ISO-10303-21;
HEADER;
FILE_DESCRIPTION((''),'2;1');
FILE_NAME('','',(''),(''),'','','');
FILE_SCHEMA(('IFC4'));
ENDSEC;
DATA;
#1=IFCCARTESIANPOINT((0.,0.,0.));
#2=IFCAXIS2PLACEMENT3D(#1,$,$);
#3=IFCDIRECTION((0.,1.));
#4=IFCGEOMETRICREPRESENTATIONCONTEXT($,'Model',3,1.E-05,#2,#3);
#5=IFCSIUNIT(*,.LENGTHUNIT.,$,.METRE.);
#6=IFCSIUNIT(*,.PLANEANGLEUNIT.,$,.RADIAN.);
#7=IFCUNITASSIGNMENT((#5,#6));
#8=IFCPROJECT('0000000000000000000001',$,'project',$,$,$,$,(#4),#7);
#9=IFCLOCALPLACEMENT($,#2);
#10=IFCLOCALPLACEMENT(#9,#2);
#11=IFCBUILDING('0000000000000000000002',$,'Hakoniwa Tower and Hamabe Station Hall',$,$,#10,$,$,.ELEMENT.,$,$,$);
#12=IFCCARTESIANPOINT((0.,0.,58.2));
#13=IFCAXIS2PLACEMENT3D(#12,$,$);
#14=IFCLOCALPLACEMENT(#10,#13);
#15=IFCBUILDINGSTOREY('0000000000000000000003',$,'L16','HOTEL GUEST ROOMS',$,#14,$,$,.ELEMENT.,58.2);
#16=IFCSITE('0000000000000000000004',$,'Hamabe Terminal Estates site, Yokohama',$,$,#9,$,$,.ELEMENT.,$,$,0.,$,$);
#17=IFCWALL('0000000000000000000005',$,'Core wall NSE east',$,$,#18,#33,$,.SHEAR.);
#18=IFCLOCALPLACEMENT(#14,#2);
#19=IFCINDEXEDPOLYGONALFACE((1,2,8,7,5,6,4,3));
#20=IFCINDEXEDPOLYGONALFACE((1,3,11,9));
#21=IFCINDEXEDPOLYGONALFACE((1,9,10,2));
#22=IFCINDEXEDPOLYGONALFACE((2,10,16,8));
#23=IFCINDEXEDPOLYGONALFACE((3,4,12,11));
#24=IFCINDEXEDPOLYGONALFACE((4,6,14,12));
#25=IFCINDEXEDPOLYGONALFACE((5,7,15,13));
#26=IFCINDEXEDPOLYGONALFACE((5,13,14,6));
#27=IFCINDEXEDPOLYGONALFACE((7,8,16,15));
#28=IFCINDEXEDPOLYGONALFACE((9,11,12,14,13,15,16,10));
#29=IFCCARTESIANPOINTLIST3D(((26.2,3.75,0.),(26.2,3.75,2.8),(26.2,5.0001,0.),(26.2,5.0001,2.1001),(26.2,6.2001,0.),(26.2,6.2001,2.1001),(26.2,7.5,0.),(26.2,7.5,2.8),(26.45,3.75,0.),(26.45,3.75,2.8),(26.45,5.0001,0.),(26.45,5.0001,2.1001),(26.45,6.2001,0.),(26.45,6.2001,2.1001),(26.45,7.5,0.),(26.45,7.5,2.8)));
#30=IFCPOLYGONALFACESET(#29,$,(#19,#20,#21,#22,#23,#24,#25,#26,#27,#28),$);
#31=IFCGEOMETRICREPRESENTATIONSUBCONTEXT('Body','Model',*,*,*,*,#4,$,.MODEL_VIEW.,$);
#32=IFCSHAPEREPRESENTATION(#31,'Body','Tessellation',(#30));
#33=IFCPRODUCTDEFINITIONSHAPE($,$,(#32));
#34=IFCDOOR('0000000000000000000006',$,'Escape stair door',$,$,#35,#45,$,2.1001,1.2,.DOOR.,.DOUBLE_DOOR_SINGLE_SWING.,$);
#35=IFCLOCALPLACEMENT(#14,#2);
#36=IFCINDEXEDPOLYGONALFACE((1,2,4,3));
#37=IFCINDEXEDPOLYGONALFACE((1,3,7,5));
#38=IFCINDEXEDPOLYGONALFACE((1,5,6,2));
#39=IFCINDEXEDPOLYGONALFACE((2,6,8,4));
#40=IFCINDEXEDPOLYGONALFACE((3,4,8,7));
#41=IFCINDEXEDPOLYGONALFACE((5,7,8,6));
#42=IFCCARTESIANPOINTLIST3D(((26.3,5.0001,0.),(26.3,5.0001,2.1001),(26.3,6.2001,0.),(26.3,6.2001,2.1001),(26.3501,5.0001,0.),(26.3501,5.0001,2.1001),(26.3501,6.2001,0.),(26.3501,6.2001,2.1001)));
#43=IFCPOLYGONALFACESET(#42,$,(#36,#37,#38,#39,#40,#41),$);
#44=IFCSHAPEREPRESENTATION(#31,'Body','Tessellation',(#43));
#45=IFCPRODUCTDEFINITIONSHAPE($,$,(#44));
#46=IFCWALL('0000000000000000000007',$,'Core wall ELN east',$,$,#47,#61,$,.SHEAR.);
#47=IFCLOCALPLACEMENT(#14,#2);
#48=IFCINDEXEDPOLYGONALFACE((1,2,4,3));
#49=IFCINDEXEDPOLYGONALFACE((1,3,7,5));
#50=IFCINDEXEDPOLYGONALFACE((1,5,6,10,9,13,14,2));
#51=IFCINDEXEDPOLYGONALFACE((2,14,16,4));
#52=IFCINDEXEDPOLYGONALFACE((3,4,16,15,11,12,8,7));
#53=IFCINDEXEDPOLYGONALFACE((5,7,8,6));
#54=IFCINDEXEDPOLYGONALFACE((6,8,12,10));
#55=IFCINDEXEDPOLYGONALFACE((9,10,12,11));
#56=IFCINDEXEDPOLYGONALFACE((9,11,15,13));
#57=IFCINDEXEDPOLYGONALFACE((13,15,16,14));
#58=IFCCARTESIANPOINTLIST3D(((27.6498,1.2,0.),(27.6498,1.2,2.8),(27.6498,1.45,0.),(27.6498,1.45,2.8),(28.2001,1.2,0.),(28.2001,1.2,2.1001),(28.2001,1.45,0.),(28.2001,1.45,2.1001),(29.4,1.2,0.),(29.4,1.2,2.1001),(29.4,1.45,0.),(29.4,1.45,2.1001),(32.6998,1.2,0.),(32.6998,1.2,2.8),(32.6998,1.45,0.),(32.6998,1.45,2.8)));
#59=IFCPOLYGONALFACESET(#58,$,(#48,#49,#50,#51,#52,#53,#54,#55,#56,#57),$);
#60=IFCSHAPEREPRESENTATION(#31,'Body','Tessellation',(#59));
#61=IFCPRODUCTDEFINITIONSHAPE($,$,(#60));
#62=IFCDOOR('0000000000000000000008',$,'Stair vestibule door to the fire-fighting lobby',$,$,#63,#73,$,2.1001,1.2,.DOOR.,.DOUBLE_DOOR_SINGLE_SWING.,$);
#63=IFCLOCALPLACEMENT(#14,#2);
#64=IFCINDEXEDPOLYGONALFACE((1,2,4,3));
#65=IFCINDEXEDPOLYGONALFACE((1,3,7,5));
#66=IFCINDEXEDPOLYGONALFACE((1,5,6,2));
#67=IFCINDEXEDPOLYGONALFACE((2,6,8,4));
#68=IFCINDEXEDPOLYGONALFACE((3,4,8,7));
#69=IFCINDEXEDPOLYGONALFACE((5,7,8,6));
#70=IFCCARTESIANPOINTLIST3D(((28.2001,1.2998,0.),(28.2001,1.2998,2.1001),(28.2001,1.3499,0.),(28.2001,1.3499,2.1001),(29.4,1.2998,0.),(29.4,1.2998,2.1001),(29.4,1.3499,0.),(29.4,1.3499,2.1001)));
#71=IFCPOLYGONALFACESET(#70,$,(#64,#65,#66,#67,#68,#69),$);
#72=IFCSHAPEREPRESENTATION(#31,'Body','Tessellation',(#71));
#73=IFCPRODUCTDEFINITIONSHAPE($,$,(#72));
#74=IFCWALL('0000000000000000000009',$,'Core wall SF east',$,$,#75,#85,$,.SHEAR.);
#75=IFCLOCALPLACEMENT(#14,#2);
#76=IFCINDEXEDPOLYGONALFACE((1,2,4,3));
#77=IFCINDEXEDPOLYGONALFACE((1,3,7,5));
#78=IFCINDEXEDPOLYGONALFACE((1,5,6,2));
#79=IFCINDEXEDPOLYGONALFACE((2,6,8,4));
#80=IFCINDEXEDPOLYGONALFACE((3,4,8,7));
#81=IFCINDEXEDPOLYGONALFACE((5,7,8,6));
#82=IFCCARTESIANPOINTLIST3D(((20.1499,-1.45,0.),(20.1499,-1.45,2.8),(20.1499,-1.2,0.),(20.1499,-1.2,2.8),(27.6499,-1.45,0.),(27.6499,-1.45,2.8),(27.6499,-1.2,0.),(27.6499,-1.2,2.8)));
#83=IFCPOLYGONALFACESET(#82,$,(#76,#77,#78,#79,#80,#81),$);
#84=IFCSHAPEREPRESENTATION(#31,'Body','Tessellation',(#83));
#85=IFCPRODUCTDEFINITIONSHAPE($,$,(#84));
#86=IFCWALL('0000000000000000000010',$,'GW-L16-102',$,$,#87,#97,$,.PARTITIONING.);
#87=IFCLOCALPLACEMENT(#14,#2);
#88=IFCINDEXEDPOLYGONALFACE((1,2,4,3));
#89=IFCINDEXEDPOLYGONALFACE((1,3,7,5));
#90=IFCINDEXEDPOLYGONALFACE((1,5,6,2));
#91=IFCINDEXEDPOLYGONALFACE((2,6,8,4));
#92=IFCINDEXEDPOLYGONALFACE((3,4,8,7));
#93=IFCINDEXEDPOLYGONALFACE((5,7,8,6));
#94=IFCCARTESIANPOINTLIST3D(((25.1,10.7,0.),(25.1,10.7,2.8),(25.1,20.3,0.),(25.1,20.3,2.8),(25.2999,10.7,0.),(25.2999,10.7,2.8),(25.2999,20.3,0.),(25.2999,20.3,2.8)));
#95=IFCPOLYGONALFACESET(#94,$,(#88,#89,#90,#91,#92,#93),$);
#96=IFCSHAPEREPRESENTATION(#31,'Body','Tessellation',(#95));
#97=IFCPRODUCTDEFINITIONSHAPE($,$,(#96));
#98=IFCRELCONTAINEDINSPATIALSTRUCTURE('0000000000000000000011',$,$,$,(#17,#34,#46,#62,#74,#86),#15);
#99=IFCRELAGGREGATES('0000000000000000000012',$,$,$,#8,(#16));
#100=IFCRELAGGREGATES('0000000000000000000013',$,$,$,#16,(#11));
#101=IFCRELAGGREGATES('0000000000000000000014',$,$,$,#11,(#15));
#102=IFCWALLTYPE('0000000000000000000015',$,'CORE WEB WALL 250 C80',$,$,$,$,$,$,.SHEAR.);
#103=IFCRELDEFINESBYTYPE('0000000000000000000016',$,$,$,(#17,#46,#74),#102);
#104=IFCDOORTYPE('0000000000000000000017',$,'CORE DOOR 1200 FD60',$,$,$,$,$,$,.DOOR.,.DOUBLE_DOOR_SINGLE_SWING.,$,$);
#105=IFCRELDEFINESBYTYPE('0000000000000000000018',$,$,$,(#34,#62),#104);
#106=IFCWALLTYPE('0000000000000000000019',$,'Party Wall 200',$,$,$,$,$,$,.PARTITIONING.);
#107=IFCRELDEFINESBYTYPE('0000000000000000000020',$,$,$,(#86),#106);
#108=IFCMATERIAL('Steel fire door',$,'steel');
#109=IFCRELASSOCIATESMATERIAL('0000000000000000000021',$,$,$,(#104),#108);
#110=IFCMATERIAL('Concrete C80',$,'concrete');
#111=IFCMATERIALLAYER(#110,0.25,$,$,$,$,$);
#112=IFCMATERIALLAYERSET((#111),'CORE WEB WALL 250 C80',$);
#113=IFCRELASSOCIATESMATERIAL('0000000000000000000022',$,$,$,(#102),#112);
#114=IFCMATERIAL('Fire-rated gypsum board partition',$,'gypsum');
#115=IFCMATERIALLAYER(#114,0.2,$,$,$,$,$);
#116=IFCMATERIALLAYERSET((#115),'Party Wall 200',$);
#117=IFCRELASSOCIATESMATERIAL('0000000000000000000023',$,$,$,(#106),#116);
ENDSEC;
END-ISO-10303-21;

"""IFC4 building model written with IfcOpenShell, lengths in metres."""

from ifc_helpers import new_model, si_unit, direction, frame, frame_2d, origin, place, context, subcontext, project, spatial, rectangle, extrude, material, layer, layer_set, type_object, element, fill, save


model = new_model("IFC4")

# Units and contexts
model_context = context("Model", 3, precision=1e-05, world=origin(), true_north=direction((0.0, 1.0)))
body_context = subcontext(model_context, "Body", "Model", "MODEL_VIEW")
ifc_project = project(units=[si_unit("LENGTHUNIT", "METRE"), si_unit("PLANEANGLEUNIT", "RADIAN")], contexts=[model_context])

# Site, building, storey
site_placement = place(None, origin())
site = spatial("IfcSite", under=ifc_project, at=site_placement, Name="Hamabe Terminal Estates site, Yokohama", CompositionType="ELEMENT", RefElevation=0.0)
building_placement = place(site_placement, origin())
building = spatial("IfcBuilding", under=site, at=building_placement, Name="Hakoniwa Tower and Hamabe Station Hall", CompositionType="ELEMENT")
storey_placement = place(building_placement, frame((0.0, 0.0, 58.2)))
storey = spatial("IfcBuildingStorey", under=building, at=storey_placement, Name="L16", Description="HOTEL GUEST ROOMS", CompositionType="ELEMENT", Elevation=58.2)

# Shared definitions
ifc_material_1 = material(Name="Steel fire door", Category="steel")
door_type_1 = type_object("IfcDoorType", Name="CORE DOOR 1200 FD60", OperationType="DOUBLE_DOOR_SINGLE_SWING", PredefinedType="DOOR", material=ifc_material_1)

# Shared definitions
ifc_material_2 = material(Name="Concrete C80", Category="concrete")
ifc_layer_1 = layer(ifc_material_2, 0.25)
ifc_layer_set_1 = layer_set([ifc_layer_1], Name="CORE WEB WALL 250 C80")
wall_type_1 = type_object("IfcWallType", Name="CORE WEB WALL 250 C80", PredefinedType="SHEAR", material=ifc_layer_set_1)

# Walls, openings, doors
wall_1_placement = place(storey_placement, frame((26.325, 3.75, 0.0), z_axis=(0.0, 0.0, 1.0), x_axis=(0.0, 1.0, 0.0)))
wall_1 = element("IfcWall", 1, at=wall_1_placement, inside=storey, type_object=wall_type_1, Name="Core wall NSE east", PredefinedType="SHEAR", context=body_context, shape_type="SweptSolid", body=[
    extrude(rectangle(XDim=3.75, YDim=0.25, at=frame_2d((1.875, 0.0))), origin(), (0.0, 0.0, 1.0), 2.8),
])
opening_1_placement = place(wall_1_placement, frame((1.25, 0.0, 0.0)))
opening_1 = element("IfcOpeningElement", 2, at=opening_1_placement, cuts=wall_1, PredefinedType="OPENING", context=body_context, shape_type="SweptSolid", body=[
    extrude(rectangle(XDim=1.2, YDim=2.1001, at=frame_2d((0.6001, 1.05))), frame((0.0, 0.135, 0.0), z_axis=(0.0, -1.0, 0.0), x_axis=(1.0, 0.0, 0.0)), (0.0, 0.0, 1.0), 0.27),
])
door_1_placement = place(opening_1_placement, origin())
door_1 = element("IfcDoor", 3, at=door_1_placement, inside=storey, type_object=door_type_1, Name="Escape stair door", OperationType="DOUBLE_DOOR_SINGLE_SWING", OverallHeight=2.1001, OverallWidth=1.2, PredefinedType="DOOR", context=body_context, shape_type="SweptSolid", body=[
    extrude(rectangle(XDim=1.2, YDim=2.1001, at=frame_2d((0.6001, 1.05))), frame((0.0, 0.0249, 0.0), z_axis=(0.0, -1.0, 0.0), x_axis=(1.0, 0.0, 0.0)), (0.0, 0.0, 1.0), 0.05),
])
fill(opening_1, door_1)
wall_2_placement = place(storey_placement, frame((27.6499, 1.325, 0.0), z_axis=(0.0, 0.0, 1.0), x_axis=(1.0, 0.0, 0.0)))
wall_2 = element("IfcWall", 4, at=wall_2_placement, inside=storey, type_object=wall_type_1, Name="Core wall ELN east", PredefinedType="SHEAR", context=body_context, shape_type="SweptSolid", body=[
    extrude(rectangle(XDim=5.05, YDim=0.25, at=frame_2d((2.5249, 0.0))), origin(), (0.0, 0.0, 1.0), 2.8),
])
opening_2_placement = place(wall_2_placement, frame((0.55, 0.0, 0.0)))
opening_2 = element("IfcOpeningElement", 5, at=opening_2_placement, cuts=wall_2, PredefinedType="OPENING", context=body_context, shape_type="SweptSolid", body=[
    extrude(rectangle(XDim=1.2, YDim=2.1001, at=frame_2d((0.6001, 1.05))), frame((0.0, 0.135, 0.0), z_axis=(0.0, -1.0, 0.0), x_axis=(1.0, 0.0, 0.0)), (0.0, 0.0, 1.0), 0.27),
])
door_2_placement = place(opening_2_placement, origin())
door_2 = element("IfcDoor", 6, at=door_2_placement, inside=storey, type_object=door_type_1, Name="Stair vestibule door to the fire-fighting lobby", OperationType="DOUBLE_DOOR_SINGLE_SWING", OverallHeight=2.1001, OverallWidth=1.2, PredefinedType="DOOR", context=body_context, shape_type="SweptSolid", body=[
    extrude(rectangle(XDim=1.2, YDim=2.1001, at=frame_2d((0.6001, 1.05))), frame((0.0, 0.0249, 0.0), z_axis=(0.0, -1.0, 0.0), x_axis=(1.0, 0.0, 0.0)), (0.0, 0.0, 1.0), 0.05),
])
fill(opening_2, door_2)

# Walls
wall_3_placement = place(storey_placement, frame((20.1499, -1.325, 0.0), z_axis=(0.0, 0.0, 1.0), x_axis=(1.0, 0.0, 0.0)))
element("IfcWall", 7, at=wall_3_placement, inside=storey, type_object=wall_type_1, Name="Core wall SF east", PredefinedType="SHEAR", context=body_context, shape_type="SweptSolid", body=[
    extrude(rectangle(XDim=7.5, YDim=0.25, at=frame_2d((3.75, 0.0))), origin(), (0.0, 0.0, 1.0), 2.8),
])
ifc_material_3 = material(Name="Fire-rated gypsum board partition", Category="gypsum")
ifc_layer_2 = layer(ifc_material_3, 0.2)
ifc_layer_set_2 = layer_set([ifc_layer_2], Name="Party Wall 200")
wall_type_2 = type_object("IfcWallType", Name="Party Wall 200", PredefinedType="PARTITIONING", material=ifc_layer_set_2)
wall_4_placement = place(storey_placement, frame((25.2, 10.7, 0.0), z_axis=(0.0, 0.0, 1.0), x_axis=(0.0, 1.0, 0.0)))
element("IfcWall", 8, at=wall_4_placement, inside=storey, type_object=wall_type_2, Name="GW-L16-102", PredefinedType="PARTITIONING", context=body_context, shape_type="SweptSolid", body=[
    extrude(rectangle(XDim=9.6001, YDim=0.2, at=frame_2d((4.8, 0.0))), origin(), (0.0, 0.0, 1.0), 2.8),
])

save(model, "model.ifc")
